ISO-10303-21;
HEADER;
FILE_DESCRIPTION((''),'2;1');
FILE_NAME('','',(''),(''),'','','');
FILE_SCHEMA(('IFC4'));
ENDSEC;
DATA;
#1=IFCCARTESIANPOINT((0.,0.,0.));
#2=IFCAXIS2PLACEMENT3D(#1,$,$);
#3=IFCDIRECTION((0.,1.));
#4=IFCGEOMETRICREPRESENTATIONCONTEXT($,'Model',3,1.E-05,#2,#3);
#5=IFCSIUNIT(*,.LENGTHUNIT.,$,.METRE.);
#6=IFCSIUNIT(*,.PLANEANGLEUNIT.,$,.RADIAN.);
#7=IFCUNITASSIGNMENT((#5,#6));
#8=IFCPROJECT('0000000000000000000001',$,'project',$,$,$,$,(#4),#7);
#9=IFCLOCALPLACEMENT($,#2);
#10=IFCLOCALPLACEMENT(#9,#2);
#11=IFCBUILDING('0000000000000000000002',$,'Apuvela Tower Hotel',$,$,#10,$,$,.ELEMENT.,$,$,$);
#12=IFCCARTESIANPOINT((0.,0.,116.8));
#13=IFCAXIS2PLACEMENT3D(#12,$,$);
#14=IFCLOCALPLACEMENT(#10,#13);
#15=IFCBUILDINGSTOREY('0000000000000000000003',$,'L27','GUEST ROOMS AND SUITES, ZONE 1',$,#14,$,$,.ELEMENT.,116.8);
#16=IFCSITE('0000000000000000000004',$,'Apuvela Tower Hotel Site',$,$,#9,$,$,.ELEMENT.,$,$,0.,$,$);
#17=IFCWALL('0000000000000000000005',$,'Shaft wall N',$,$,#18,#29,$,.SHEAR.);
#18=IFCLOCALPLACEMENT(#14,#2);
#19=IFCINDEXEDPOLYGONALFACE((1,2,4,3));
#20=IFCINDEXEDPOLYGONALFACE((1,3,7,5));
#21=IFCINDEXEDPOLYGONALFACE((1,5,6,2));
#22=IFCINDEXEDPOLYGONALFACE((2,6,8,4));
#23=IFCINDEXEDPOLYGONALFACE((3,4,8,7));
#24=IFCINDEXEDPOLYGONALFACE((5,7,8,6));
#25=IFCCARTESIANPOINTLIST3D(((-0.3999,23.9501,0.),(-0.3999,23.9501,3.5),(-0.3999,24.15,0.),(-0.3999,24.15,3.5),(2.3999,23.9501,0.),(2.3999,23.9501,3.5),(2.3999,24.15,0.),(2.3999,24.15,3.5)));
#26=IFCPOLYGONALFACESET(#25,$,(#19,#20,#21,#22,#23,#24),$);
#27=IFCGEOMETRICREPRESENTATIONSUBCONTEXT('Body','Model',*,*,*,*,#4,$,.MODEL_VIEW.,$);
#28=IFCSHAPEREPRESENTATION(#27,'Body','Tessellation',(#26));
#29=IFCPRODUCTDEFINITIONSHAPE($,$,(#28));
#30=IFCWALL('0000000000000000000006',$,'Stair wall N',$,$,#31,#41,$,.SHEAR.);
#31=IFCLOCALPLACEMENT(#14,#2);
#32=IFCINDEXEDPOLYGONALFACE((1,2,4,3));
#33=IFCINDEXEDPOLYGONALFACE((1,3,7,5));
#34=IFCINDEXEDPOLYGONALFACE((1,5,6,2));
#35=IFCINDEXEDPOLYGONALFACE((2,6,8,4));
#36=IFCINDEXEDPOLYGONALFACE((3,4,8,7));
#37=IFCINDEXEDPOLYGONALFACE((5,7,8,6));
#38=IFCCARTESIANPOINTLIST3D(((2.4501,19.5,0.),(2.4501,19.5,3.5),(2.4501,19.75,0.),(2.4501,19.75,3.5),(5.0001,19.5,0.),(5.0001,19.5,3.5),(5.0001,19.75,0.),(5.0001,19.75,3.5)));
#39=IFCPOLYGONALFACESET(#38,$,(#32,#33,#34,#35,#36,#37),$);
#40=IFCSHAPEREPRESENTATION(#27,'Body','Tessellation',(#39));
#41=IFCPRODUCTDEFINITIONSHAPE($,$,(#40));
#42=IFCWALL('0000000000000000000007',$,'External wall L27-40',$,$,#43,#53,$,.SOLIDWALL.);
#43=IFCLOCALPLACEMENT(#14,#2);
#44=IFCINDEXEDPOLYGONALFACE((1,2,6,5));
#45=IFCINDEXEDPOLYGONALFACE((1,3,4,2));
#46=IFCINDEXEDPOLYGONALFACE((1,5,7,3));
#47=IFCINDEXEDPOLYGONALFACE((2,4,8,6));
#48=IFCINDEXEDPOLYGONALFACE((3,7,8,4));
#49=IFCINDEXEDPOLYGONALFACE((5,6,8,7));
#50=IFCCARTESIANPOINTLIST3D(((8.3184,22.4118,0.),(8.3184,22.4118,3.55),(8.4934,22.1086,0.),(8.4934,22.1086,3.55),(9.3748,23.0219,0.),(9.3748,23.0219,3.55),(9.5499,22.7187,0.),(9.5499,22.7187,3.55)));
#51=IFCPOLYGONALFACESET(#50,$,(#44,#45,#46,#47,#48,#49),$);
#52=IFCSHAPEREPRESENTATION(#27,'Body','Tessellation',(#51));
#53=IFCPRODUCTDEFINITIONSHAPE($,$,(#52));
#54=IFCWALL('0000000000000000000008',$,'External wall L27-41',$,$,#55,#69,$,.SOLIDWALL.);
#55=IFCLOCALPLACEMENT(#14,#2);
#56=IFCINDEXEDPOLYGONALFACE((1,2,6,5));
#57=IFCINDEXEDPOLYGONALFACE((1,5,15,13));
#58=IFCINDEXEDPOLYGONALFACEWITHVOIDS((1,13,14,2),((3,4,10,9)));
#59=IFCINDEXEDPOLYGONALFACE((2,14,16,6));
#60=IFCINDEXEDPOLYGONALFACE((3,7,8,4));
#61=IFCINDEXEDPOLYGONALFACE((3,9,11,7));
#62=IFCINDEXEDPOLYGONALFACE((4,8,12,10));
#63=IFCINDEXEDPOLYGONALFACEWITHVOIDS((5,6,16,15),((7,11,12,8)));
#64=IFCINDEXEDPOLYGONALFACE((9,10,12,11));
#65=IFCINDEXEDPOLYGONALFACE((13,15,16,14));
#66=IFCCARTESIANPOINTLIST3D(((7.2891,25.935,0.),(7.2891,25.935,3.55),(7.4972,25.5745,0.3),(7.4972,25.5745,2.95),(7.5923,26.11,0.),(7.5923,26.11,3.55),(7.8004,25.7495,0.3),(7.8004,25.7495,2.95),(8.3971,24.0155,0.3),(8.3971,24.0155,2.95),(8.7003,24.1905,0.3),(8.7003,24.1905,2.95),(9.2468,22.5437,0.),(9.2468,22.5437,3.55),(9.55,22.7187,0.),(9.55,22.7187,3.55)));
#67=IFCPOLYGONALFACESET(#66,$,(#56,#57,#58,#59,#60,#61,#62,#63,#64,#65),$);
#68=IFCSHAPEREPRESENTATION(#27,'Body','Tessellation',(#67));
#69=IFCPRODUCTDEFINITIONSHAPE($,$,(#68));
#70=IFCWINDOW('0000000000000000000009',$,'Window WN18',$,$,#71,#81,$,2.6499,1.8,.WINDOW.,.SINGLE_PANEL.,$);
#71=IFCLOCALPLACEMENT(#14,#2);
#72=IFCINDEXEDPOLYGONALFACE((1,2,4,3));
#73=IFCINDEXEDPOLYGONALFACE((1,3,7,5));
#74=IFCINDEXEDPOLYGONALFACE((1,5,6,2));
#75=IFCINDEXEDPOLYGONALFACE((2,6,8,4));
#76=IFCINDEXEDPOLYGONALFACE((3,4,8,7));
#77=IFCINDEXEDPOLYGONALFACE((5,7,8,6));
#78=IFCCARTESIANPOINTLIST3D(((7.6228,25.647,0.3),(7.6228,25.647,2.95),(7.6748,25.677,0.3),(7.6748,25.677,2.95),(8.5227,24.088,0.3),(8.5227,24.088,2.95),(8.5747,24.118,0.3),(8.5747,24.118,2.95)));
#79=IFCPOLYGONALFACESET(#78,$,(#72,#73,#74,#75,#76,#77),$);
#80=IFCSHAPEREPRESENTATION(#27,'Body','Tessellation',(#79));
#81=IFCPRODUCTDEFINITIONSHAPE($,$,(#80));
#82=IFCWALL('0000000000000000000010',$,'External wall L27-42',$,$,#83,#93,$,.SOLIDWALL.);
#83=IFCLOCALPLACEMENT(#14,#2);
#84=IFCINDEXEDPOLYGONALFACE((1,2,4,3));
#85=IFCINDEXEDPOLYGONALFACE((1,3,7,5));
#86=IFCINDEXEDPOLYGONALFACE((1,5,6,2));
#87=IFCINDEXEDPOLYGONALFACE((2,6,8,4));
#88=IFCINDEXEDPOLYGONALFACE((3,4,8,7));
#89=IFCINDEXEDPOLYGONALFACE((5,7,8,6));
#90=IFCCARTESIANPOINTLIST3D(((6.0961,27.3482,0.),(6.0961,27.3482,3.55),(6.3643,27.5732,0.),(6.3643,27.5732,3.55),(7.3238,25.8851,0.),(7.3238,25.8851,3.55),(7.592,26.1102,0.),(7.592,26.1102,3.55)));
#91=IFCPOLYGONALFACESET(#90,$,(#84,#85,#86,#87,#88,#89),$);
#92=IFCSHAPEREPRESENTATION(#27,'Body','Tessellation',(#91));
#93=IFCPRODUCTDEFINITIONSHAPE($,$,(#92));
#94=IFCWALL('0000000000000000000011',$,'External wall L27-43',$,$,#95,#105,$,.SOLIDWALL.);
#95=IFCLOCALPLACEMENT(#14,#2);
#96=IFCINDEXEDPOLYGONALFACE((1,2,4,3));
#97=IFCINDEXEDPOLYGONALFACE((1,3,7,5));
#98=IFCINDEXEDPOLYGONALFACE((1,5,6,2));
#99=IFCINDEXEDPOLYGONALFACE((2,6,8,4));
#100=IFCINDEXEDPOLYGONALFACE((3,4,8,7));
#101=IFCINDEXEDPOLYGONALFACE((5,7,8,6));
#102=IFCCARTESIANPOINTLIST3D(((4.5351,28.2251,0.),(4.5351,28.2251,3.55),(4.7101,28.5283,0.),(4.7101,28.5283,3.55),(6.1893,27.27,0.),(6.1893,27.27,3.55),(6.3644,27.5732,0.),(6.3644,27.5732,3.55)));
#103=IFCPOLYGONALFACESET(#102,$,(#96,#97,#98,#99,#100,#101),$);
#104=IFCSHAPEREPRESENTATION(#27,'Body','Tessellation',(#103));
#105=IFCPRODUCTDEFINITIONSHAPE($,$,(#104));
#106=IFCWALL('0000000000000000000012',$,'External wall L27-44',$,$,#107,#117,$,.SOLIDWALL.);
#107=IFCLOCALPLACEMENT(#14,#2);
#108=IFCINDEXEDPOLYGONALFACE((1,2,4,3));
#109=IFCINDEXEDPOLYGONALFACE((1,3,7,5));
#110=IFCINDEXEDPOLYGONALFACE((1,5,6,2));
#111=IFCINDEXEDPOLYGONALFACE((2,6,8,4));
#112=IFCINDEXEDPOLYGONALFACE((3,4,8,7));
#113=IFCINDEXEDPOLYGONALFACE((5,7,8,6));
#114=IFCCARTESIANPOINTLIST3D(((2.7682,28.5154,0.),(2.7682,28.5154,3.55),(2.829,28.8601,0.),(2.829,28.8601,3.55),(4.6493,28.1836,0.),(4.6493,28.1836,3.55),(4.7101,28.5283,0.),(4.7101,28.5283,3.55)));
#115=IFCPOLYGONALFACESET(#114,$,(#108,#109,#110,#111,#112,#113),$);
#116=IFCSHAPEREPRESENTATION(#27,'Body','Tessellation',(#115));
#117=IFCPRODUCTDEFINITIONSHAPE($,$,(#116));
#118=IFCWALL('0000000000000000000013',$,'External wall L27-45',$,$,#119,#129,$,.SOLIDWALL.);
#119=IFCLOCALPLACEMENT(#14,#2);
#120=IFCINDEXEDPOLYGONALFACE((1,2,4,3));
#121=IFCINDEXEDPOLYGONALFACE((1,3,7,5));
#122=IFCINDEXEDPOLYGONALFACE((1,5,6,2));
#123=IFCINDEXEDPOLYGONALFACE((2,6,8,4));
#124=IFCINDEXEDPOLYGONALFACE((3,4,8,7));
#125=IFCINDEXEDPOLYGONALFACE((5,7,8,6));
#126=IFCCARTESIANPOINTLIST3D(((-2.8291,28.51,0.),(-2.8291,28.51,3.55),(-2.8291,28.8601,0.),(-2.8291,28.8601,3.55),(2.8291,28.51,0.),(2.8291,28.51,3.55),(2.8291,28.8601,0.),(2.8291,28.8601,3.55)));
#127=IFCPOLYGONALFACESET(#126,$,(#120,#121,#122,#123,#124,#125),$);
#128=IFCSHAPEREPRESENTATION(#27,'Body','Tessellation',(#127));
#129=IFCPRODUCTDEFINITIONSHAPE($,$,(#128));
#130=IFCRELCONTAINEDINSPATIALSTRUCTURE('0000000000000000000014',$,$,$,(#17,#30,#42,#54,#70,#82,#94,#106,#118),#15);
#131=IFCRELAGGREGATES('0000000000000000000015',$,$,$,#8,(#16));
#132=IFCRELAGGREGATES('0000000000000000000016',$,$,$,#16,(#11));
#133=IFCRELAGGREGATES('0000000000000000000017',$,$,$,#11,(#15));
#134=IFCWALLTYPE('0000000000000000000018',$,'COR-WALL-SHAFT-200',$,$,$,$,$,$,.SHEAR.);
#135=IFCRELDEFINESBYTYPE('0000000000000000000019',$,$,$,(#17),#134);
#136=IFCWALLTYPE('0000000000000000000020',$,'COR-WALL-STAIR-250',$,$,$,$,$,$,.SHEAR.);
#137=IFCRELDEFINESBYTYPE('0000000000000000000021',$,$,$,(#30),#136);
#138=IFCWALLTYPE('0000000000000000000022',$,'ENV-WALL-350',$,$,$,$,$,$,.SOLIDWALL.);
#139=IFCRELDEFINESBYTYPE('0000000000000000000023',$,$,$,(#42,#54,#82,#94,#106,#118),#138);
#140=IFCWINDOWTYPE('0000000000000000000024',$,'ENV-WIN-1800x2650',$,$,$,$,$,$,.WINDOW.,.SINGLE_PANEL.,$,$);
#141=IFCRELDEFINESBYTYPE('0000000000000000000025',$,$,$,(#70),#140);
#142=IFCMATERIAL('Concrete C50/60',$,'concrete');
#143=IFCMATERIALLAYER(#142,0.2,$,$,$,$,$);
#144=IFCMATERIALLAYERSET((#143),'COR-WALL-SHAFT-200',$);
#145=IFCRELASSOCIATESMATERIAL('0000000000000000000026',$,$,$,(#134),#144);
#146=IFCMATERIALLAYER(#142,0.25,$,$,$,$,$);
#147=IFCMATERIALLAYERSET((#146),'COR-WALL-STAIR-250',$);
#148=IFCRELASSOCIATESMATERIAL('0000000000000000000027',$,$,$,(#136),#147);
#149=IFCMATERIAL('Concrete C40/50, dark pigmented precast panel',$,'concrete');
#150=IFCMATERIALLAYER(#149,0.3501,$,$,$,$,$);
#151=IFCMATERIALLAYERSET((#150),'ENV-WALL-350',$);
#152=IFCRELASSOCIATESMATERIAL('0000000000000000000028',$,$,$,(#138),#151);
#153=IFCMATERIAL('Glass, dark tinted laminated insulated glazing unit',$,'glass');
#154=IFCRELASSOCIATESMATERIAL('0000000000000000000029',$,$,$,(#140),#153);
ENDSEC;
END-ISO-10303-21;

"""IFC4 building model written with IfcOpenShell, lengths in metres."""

from ifc_helpers import new_model, si_unit, direction, frame, frame_2d, origin, place, context, subcontext, project, spatial, rectangle, extrude, material, layer, layer_set, type_object, element, fill, save


model = new_model("IFC4")

# Units and contexts
model_context = context("Model", 3, precision=1e-05, world=origin(), true_north=direction((0.0, 1.0)))
body_context = subcontext(model_context, "Body", "Model", "MODEL_VIEW")
ifc_project = project(units=[si_unit("LENGTHUNIT", "METRE"), si_unit("PLANEANGLEUNIT", "RADIAN")], contexts=[model_context])

# Site, building, storey
site_placement = place(None, origin())
site = spatial("IfcSite", under=ifc_project, at=site_placement, Name="Apuvela Tower Hotel Site", CompositionType="ELEMENT", RefElevation=0.0)
building_placement = place(site_placement, origin())
building = spatial("IfcBuilding", under=site, at=building_placement, Name="Apuvela Tower Hotel", CompositionType="ELEMENT")
storey_placement = place(building_placement, frame((0.0, 0.0, 116.8)))
storey = spatial("IfcBuildingStorey", under=building, at=storey_placement, Name="L27", Description="GUEST ROOMS AND SUITES, ZONE 1", CompositionType="ELEMENT", Elevation=116.8)

# Walls
ifc_material_1 = material(Name="Concrete C50/60", Category="concrete")
ifc_layer_1 = layer(ifc_material_1, 0.2)
ifc_layer_set_1 = layer_set([ifc_layer_1], Name="COR-WALL-SHAFT-200")
wall_type_1 = type_object("IfcWallType", Name="COR-WALL-SHAFT-200", PredefinedType="SHEAR", material=ifc_layer_set_1)
wall_1_placement = place(storey_placement, frame((2.3999, 24.05, 0.0), z_axis=(0.0, 0.0, 1.0), x_axis=(-1.0, 0.0, 0.0)))
element("IfcWall", 1, at=wall_1_placement, inside=storey, type_object=wall_type_1, Name="Shaft wall N", PredefinedType="SHEAR", context=body_context, shape_type="SweptSolid", body=[
    extrude(rectangle(XDim=2.7998, YDim=0.2, at=frame_2d((1.3999, 0.0))), origin(), (0.0, 0.0, 1.0), 3.5),
])
ifc_layer_2 = layer(ifc_material_1, 0.25)
ifc_layer_set_2 = layer_set([ifc_layer_2], Name="COR-WALL-STAIR-250")
wall_type_2 = type_object("IfcWallType", Name="COR-WALL-STAIR-250", PredefinedType="SHEAR", material=ifc_layer_set_2)
wall_2_placement = place(storey_placement, frame((5.0, 19.625, 0.0), z_axis=(0.0, 0.0, 1.0), x_axis=(-1.0, 0.0, 0.0)))
element("IfcWall", 2, at=wall_2_placement, inside=storey, type_object=wall_type_2, Name="Stair wall N", PredefinedType="SHEAR", context=body_context, shape_type="SweptSolid", body=[
    extrude(rectangle(XDim=2.55, YDim=0.25, at=frame_2d((1.2749, 0.0))), origin(), (0.0, 0.0, 1.0), 3.5),
])
ifc_material_2 = material(Name="Concrete C40/50, dark pigmented precast panel", Category="concrete")
ifc_layer_3 = layer(ifc_material_2, 0.3501)
ifc_layer_set_3 = layer_set([ifc_layer_3], Name="ENV-WALL-350")
wall_type_3 = type_object("IfcWallType", Name="ENV-WALL-350", PredefinedType="SOLIDWALL", material=ifc_layer_set_3)
wall_3_placement = place(storey_placement, frame((8.406, 22.2603, 0.0), z_axis=(0.0, 0.0, 1.0), x_axis=(0.865956, 0.500121, 0.0)))
element("IfcWall", 3, at=wall_3_placement, inside=storey, type_object=wall_type_3, Name="External wall L27-40", PredefinedType="SOLIDWALL", context=body_context, shape_type="SweptSolid", body=[
    extrude(rectangle(XDim=1.22, YDim=0.3501, at=frame_2d((0.6099, 0.0))), origin(), (0.0, 0.0, 1.0), 3.55),
])

# Wall, opening, window
wall_4_placement = place(storey_placement, frame((9.3984, 22.6311, 0.0), z_axis=(0.0, 0.0, 1.0), x_axis=(-0.499955, 0.866052, 0.0)))
wall_4 = element("IfcWall", 4, at=wall_4_placement, inside=storey, type_object=wall_type_3, Name="External wall L27-41", PredefinedType="SOLIDWALL", context=body_context, shape_type="SweptSolid", body=[
    extrude(rectangle(XDim=3.9158, YDim=0.3501, at=frame_2d((1.958, 0.0))), origin(), (0.0, 0.0, 1.0), 3.55),
])
opening_placement = place(wall_4_placement, frame((1.6997, 0.0, 0.3)))
opening = element("IfcOpeningElement", 5, at=opening_placement, cuts=wall_4, PredefinedType="OPENING", context=body_context, shape_type="SweptSolid", body=[
    extrude(rectangle(XDim=1.8, YDim=2.6499, at=frame_2d((0.8999, 1.325))), frame((0.0, 0.1851, 0.0), z_axis=(0.0, -1.0, 0.0), x_axis=(1.0, 0.0, 0.0)), (0.0, 0.0, 1.0), 0.3701),
])
ifc_material_3 = material(Name="Glass, dark tinted laminated insulated glazing unit", Category="glass")
window_type = type_object("IfcWindowType", Name="ENV-WIN-1800x2650", PartitioningType="SINGLE_PANEL", PredefinedType="WINDOW", material=ifc_material_3)
window_placement = place(opening_placement, origin())
window = element("IfcWindow", 6, at=window_placement, inside=storey, type_object=window_type, Name="Window WN18", OverallHeight=2.6499, OverallWidth=1.8, PartitioningType="SINGLE_PANEL", PredefinedType="WINDOW", context=body_context, shape_type="SweptSolid", body=[
    extrude(rectangle(XDim=1.8, YDim=2.6499, at=frame_2d((0.8999, 1.325))), frame((0.0, 0.03, 0.0), z_axis=(0.0, -1.0, 0.0), x_axis=(1.0, 0.0, 0.0)), (0.0, 0.0, 1.0), 0.0601),
])
fill(opening, window)

# Walls
wall_5_placement = place(storey_placement, frame((7.458, 25.9976, 0.0), z_axis=(0.0, 0.0, 1.0), x_axis=(-0.642808, 0.766027, 0.0)))
element("IfcWall", 7, at=wall_5_placement, inside=storey, type_object=wall_type_3, Name="External wall L27-42", PredefinedType="SOLIDWALL", context=body_context, shape_type="SweptSolid", body=[
    extrude(rectangle(XDim=1.9099, YDim=0.3501, at=frame_2d((0.9551, 0.0))), origin(), (0.0, 0.0, 1.0), 3.55),
])
for number, where, z_axis, x_axis, name in (
    (8, (6.2769, 27.4216, 0.0), (0.0, 0.0, 1.0), (-0.866032, 0.499988, 0.0), "External wall L27-43"),
    (9, (4.6797, 28.356, 0.0), (0.0, 0.0, 1.0), (-0.984799, 0.173698, 0.0), "External wall L27-44"),
):
    element("IfcWall", number, at=place(storey_placement, frame(where, z_axis=z_axis, x_axis=x_axis)), inside=storey, type_object=wall_type_3, Name=name, PredefinedType="SOLIDWALL", context=body_context, shape_type="SweptSolid", body=[
        extrude(rectangle(XDim=1.9102, YDim=0.3501, at=frame_2d((0.9551, 0.0))), origin(), (0.0, 0.0, 1.0), 3.55),
    ])
wall_6_placement = place(storey_placement, frame((2.8291, 28.6851, 0.0), z_axis=(0.0, 0.0, 1.0), x_axis=(-1.0, 0.0, 0.0)))
element("IfcWall", 10, at=wall_6_placement, inside=storey, type_object=wall_type_3, Name="External wall L27-45", PredefinedType="SOLIDWALL", context=body_context, shape_type="SweptSolid", body=[
    extrude(rectangle(XDim=5.6582, YDim=0.3501, at=frame_2d((2.8291, 0.0))), origin(), (0.0, 0.0, 1.0), 3.55),
])

save(model, "model.ifc")
